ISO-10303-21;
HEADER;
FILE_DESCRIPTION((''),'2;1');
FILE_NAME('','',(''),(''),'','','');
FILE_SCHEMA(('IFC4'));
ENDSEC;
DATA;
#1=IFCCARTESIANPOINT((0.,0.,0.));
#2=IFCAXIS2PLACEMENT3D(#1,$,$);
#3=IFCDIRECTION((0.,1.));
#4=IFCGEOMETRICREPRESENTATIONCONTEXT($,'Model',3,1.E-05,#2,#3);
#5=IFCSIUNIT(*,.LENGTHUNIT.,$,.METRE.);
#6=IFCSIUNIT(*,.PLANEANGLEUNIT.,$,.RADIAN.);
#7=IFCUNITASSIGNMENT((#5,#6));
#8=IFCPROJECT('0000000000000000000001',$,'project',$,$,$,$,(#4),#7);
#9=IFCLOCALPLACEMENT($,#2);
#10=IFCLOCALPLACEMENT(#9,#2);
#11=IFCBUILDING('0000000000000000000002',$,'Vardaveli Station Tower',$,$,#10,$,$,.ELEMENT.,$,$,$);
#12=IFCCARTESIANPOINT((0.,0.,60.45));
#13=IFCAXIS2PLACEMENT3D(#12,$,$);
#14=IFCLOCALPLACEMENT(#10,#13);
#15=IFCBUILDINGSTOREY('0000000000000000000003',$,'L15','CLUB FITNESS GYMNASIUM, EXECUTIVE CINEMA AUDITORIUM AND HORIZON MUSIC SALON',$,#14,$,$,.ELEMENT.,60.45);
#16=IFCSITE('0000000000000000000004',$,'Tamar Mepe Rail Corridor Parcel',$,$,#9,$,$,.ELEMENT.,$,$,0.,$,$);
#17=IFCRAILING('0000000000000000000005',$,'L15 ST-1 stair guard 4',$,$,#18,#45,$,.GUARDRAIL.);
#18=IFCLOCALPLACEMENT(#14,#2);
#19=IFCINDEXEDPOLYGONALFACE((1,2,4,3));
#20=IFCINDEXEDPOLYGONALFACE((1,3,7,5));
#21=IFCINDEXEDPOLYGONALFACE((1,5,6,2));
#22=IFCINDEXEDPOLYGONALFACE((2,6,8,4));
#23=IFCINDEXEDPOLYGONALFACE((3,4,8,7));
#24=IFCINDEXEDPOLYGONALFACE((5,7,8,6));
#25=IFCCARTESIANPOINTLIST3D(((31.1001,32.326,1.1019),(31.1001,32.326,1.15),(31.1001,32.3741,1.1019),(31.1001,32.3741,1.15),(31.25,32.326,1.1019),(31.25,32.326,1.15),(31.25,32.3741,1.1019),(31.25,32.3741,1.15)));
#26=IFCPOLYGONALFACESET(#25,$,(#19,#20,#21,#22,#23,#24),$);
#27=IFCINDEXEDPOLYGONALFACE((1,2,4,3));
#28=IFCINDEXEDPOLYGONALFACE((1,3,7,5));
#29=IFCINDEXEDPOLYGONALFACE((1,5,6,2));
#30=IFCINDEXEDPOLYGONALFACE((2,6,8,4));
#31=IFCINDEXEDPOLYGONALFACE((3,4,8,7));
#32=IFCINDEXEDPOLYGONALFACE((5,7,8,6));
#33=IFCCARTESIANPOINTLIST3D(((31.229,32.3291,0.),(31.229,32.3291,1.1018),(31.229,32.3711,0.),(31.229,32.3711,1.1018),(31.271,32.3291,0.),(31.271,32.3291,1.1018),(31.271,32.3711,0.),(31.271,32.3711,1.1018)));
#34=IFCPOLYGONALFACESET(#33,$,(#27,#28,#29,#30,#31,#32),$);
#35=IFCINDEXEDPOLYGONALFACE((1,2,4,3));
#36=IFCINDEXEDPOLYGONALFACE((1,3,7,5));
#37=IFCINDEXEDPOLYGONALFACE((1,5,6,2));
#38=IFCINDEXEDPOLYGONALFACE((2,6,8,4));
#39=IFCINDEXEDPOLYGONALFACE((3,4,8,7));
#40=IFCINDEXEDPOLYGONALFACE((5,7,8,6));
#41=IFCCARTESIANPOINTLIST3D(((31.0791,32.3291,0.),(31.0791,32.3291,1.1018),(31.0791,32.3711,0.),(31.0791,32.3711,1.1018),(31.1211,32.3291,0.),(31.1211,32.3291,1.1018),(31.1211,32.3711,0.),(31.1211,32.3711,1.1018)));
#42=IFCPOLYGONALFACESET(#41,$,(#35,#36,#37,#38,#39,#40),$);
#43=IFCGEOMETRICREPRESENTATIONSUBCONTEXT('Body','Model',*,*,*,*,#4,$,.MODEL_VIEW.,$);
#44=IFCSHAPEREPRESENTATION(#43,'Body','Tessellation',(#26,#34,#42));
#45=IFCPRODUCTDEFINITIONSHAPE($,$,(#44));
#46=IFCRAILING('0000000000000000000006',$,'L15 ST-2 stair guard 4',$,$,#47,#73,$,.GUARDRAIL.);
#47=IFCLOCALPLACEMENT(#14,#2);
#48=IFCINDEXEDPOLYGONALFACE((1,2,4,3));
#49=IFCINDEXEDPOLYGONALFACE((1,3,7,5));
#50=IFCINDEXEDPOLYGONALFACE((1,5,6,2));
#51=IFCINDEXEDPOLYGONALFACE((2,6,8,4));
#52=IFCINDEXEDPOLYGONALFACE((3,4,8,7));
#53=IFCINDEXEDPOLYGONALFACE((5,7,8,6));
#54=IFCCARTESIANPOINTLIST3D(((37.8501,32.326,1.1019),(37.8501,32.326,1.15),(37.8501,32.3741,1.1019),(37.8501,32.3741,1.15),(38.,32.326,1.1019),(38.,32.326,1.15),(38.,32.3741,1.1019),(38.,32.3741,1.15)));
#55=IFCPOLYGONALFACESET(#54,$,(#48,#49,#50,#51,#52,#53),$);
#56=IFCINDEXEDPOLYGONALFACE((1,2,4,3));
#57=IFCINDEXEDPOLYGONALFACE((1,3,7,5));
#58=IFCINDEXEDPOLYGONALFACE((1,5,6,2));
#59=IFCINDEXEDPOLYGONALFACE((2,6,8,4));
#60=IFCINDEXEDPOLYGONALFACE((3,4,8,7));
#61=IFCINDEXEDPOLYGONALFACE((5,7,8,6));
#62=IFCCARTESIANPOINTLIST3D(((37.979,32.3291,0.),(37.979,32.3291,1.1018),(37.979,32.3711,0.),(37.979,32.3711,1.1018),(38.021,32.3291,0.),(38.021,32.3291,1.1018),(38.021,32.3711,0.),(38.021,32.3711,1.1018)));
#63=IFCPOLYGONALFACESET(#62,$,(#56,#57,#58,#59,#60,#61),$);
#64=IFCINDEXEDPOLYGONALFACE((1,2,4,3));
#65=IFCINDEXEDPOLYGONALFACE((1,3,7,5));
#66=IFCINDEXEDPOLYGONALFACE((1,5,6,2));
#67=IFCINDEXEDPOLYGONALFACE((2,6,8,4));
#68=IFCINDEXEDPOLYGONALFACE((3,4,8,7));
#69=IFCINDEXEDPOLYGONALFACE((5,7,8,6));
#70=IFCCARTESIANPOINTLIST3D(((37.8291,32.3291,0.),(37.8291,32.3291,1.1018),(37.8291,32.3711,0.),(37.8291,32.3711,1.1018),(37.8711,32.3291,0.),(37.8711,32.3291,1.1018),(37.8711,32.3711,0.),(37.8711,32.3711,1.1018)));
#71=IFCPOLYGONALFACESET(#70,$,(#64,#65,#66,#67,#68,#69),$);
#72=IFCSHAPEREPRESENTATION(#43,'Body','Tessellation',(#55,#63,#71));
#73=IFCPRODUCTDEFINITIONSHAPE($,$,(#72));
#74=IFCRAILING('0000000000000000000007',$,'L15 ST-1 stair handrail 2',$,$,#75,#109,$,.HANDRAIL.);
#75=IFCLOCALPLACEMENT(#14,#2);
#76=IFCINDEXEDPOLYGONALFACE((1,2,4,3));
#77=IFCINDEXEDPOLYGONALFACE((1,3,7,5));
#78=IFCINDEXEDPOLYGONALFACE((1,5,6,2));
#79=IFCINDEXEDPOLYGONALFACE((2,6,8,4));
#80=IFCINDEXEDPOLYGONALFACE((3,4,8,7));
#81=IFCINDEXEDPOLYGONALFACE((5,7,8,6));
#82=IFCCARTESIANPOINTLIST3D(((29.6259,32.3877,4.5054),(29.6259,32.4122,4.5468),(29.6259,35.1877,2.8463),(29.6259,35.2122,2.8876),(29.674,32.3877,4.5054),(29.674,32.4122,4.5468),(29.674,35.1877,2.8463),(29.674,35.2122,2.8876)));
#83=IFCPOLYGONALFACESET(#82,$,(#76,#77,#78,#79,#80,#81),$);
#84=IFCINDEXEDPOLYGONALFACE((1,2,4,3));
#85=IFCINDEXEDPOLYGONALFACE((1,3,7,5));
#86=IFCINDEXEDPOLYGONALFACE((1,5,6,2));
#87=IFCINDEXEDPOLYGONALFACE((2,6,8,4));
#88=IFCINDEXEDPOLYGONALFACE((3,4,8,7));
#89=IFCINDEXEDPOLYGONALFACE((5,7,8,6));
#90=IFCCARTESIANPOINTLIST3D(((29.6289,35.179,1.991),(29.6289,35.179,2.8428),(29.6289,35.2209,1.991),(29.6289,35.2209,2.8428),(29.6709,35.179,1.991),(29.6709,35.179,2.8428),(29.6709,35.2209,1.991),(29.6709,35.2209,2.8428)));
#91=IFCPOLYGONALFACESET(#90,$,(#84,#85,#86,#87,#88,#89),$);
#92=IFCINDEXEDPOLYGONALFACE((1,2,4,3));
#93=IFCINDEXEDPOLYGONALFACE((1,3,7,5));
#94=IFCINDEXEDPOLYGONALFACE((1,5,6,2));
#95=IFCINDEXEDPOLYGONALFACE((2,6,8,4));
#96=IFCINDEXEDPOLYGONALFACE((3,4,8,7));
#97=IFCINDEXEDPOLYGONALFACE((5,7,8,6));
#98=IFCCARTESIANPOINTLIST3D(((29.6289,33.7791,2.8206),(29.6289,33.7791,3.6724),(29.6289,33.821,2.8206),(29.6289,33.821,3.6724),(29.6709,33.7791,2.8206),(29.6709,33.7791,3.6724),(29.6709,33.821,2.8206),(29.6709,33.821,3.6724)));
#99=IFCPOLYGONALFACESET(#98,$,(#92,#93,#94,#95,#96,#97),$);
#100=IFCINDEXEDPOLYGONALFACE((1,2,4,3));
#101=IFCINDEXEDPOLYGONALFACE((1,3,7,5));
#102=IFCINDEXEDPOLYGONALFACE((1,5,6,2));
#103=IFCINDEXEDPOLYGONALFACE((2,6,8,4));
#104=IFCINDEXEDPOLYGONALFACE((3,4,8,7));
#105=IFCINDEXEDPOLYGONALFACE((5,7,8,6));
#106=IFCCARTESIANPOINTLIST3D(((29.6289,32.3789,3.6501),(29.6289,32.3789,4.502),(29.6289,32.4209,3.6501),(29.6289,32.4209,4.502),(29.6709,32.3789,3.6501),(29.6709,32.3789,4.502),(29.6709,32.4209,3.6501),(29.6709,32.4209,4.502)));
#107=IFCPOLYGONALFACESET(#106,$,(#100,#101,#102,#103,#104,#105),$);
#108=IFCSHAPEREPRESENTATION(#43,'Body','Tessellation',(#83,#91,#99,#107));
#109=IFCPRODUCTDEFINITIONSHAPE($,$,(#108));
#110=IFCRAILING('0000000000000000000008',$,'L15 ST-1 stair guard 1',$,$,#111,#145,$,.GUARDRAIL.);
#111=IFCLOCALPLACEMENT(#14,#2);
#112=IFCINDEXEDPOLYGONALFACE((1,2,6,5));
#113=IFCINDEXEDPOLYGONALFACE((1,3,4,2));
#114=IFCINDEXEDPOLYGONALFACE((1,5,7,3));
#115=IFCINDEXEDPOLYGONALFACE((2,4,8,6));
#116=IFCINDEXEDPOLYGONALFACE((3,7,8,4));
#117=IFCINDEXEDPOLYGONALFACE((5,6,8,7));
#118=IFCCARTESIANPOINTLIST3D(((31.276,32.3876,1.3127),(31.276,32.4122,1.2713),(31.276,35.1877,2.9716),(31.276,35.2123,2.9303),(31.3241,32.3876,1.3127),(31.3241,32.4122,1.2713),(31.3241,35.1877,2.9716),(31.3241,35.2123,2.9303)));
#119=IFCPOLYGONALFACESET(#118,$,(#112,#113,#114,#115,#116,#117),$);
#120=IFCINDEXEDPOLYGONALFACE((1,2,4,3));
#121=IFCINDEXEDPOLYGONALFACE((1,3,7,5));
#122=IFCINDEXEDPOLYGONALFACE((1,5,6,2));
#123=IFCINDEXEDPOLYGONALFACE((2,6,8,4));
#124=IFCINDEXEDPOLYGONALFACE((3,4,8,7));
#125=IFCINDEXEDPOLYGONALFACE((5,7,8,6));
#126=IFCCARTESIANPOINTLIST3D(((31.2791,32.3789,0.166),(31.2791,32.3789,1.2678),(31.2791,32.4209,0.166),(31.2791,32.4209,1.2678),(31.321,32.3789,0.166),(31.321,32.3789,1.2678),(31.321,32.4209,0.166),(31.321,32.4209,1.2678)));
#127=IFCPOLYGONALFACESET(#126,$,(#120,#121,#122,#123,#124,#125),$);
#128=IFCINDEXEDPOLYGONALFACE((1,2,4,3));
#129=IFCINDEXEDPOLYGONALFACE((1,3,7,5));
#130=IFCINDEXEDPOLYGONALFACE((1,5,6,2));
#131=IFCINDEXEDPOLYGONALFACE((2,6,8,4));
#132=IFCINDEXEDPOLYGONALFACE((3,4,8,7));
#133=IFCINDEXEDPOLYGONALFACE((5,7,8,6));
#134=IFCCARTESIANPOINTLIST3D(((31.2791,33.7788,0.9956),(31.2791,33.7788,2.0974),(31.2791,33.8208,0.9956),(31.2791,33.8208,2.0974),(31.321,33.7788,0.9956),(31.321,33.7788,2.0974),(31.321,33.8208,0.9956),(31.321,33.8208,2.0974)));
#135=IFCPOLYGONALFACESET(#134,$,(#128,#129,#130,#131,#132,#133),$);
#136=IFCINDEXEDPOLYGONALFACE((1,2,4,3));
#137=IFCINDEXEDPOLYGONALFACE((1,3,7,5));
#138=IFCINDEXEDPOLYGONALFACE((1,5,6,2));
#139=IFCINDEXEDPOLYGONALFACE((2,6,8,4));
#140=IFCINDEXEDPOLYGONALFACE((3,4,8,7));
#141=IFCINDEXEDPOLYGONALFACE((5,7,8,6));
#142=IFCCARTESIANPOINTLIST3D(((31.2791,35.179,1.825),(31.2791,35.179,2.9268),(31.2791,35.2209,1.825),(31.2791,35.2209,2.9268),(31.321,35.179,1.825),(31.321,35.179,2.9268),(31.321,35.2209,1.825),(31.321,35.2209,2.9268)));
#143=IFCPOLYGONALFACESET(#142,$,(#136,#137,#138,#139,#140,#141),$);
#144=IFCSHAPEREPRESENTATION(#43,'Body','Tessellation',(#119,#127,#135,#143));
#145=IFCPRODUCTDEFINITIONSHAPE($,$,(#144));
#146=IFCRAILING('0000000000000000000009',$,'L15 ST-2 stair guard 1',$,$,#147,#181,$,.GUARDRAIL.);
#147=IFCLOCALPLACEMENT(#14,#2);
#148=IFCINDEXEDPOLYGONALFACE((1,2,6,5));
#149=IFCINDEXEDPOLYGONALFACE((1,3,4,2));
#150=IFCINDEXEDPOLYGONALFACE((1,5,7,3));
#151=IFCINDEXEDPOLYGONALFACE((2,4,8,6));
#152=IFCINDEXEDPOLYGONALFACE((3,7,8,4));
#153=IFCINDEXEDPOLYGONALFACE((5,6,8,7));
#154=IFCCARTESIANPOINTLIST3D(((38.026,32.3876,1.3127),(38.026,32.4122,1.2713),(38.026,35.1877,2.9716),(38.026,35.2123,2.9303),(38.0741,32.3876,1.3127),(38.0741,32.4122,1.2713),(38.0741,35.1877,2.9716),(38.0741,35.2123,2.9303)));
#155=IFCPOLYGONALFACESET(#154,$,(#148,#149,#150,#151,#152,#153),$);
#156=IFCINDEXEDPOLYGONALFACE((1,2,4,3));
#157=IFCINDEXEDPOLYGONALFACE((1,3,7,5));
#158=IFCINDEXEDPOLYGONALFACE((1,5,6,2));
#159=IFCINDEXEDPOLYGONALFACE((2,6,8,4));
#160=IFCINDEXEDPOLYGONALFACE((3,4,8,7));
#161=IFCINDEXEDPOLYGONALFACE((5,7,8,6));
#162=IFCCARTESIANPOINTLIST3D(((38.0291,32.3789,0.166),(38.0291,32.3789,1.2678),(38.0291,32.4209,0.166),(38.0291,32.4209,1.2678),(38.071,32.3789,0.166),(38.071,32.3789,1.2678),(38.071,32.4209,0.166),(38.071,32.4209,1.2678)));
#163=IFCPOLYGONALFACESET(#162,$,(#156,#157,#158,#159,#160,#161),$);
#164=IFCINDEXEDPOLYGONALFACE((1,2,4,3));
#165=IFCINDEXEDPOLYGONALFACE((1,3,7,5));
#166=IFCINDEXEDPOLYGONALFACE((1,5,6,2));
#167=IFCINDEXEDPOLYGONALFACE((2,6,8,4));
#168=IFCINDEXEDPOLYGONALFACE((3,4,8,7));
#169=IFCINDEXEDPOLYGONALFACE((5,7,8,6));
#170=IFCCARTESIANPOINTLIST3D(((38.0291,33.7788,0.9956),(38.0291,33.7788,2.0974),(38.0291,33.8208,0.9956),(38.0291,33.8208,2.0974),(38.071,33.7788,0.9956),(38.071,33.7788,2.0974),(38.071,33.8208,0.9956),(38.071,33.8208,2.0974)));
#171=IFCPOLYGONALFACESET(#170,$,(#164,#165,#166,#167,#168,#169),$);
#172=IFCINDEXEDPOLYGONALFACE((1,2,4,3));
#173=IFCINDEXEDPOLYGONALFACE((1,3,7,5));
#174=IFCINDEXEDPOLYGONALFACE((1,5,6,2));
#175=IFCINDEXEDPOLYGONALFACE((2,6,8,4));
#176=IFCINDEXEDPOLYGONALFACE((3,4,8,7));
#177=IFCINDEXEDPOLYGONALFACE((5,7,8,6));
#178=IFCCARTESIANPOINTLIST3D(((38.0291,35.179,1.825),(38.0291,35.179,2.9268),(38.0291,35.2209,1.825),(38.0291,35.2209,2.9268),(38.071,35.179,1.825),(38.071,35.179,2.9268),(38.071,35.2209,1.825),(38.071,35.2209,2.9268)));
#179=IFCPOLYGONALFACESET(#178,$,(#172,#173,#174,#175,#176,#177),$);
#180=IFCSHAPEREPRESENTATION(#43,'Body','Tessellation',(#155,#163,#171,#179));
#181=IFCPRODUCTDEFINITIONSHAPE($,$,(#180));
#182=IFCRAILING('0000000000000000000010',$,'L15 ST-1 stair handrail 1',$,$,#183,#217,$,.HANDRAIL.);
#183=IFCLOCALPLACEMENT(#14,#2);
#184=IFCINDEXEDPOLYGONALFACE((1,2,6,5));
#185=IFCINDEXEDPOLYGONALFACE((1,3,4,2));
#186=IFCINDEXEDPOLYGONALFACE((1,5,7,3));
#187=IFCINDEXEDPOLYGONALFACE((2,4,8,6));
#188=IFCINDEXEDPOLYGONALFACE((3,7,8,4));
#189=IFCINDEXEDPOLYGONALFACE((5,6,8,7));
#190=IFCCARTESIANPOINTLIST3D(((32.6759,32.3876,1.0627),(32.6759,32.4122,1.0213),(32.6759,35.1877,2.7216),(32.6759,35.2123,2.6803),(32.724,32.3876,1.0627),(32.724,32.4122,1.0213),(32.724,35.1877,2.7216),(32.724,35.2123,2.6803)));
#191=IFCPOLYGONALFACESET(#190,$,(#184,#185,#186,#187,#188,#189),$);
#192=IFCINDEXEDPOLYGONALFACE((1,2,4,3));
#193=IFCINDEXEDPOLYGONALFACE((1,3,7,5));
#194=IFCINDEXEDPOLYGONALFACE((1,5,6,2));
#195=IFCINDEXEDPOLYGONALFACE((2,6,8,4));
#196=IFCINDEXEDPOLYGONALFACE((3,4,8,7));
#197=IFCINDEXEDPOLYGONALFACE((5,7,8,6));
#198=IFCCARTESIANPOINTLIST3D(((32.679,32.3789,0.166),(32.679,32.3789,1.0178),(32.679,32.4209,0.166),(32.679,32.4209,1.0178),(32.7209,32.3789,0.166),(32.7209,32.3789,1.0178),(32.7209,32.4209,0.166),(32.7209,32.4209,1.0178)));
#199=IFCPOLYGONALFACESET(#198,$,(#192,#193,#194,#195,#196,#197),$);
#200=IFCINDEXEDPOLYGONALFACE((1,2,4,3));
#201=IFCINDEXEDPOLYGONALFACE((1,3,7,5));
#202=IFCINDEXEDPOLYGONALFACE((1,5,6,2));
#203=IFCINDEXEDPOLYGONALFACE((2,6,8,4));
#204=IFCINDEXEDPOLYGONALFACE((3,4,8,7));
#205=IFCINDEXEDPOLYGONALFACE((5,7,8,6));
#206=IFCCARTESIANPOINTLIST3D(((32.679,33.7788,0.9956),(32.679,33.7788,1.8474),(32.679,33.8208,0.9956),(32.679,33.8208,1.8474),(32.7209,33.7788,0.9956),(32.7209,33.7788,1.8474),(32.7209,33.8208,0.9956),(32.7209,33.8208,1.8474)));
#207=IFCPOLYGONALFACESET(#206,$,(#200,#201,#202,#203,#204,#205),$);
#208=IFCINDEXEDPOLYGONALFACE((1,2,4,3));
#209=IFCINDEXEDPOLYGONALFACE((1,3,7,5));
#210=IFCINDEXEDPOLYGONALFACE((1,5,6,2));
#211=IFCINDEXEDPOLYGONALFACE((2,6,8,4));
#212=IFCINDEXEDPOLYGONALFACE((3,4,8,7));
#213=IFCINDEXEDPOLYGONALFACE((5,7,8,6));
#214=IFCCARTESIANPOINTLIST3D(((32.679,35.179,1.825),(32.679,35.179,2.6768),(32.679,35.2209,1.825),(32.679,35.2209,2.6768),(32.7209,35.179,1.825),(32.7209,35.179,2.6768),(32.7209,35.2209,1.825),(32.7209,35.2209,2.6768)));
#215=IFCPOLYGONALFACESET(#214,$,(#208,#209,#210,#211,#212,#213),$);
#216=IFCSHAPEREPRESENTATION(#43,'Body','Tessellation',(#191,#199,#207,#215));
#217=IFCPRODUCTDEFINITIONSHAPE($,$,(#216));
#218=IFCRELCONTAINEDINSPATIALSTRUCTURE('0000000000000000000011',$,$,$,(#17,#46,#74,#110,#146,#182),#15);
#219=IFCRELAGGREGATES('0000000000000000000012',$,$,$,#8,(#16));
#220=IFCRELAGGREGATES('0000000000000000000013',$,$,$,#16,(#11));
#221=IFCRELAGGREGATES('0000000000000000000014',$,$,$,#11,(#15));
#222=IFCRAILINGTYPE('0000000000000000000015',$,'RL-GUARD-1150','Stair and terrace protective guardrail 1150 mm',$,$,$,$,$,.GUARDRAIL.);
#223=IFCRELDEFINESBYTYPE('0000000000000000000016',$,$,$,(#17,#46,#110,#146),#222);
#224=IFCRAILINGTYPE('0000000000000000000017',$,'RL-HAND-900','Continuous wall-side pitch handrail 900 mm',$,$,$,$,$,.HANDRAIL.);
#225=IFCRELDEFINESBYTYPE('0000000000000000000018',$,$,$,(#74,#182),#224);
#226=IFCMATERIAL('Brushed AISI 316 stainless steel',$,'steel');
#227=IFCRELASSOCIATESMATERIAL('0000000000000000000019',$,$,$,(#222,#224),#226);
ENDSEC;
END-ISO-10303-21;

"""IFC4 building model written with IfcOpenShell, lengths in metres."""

from ifc_helpers import new_model, si_unit, direction, frame, origin, origin_2d, place, context, subcontext, project, spatial, rectangle, extrude, source, transform, mapped, material, type_object, element, save


model = new_model("IFC4")

# Units and contexts
model_context = context("Model", 3, precision=1e-05, world=origin(), true_north=direction((0.0, 1.0)))
body_context = subcontext(model_context, "Body", "Model", "MODEL_VIEW")
ifc_project = project(units=[si_unit("LENGTHUNIT", "METRE"), si_unit("PLANEANGLEUNIT", "RADIAN")], contexts=[model_context])

# Site, building, storey
site_placement = place(None, origin())
site = spatial("IfcSite", under=ifc_project, at=site_placement, Name="Tamar Mepe Rail Corridor Parcel", CompositionType="ELEMENT", RefElevation=0.0)
building_placement = place(site_placement, origin())
building = spatial("IfcBuilding", under=site, at=building_placement, Name="Vardaveli Station Tower", CompositionType="ELEMENT")
storey_placement = place(building_placement, frame((0.0, 0.0, 60.45)))
storey = spatial("IfcBuildingStorey", under=building, at=storey_placement, Name="L15", Description="CLUB FITNESS GYMNASIUM, EXECUTIVE CINEMA AUDITORIUM AND HORIZON MUSIC SALON", CompositionType="ELEMENT", Elevation=60.45)

# Railings
ifc_material_1 = material(Name="Brushed AISI 316 stainless steel", Category="steel")
railing_type_1 = type_object("IfcRailingType", Name="RL-GUARD-1150", Description="Stair and terrace protective guardrail 1150 mm", PredefinedType="GUARDRAIL", material=ifc_material_1)
shared_shape_1 = source(origin(), body_context, "Body", "SweptSolid", [
    extrude(rectangle(XDim=0.0481, YDim=0.0481, at=origin_2d()), frame((0.0, 0.0, 1.126), z_axis=(-1.0, 0.0, 0.0), x_axis=(0.0, -1.0, 0.0)), (0.0, 0.0, 1.0), 0.1499),
    extrude(rectangle(XDim=0.042, YDim=0.042, at=origin_2d()), origin(), (0.0, 0.0, 1.0), 1.1018),
    extrude(rectangle(XDim=0.042, YDim=0.042, at=origin_2d()), frame((-0.1499, 0.0, 0.0)), (0.0, 0.0, 1.0), 1.1018),
])
for number, where, name in (
    (1, (31.25, 32.3501, 0.0), "L15 ST-1 stair guard 4"),
    (2, (38.0, 32.3501, 0.0), "L15 ST-2 stair guard 4"),
):
    element("IfcRailing", number, at=place(storey_placement, frame(where)), inside=storey, type_object=railing_type_1, Name=name, PredefinedType="GUARDRAIL", context=body_context, shape_type="MappedRepresentation", body=[
        mapped(shared_shape_1, transform((0.0, 0.0, 0.0), scale=1.0)),
    ])
railing_type_2 = type_object("IfcRailingType", Name="RL-HAND-900", Description="Continuous wall-side pitch handrail 900 mm", PredefinedType="HANDRAIL", material=ifc_material_1)
shared_shape_2 = source(origin(), body_context, "Body", "SweptSolid", [
    extrude(rectangle(XDim=0.0481, YDim=0.0481, at=origin_2d()), frame((0.0, 0.0, 0.876), z_axis=(0.0, -0.860306, 0.509778), x_axis=(1.0, 0.0, 0.0)), (0.0, 0.0, 1.0), 3.2546),
    extrude(rectangle(XDim=0.042, YDim=0.042, at=origin_2d()), origin(), (0.0, 0.0, 1.0), 0.8518),
    extrude(rectangle(XDim=0.042, YDim=0.042, at=origin_2d()), frame((0.0, -1.3999, 0.8296)), (0.0, 0.0, 1.0), 0.8518),
    extrude(rectangle(XDim=0.042, YDim=0.042, at=origin_2d()), frame((0.0, -2.8, 1.6592)), (0.0, 0.0, 1.0), 0.8518),
])
railing_placement = place(storey_placement, frame((29.6499, 35.2, 1.991)))
element("IfcRailing", 3, at=railing_placement, inside=storey, type_object=railing_type_2, Name="L15 ST-1 stair handrail 2", PredefinedType="HANDRAIL", context=body_context, shape_type="MappedRepresentation", body=[
    mapped(shared_shape_2, transform((0.0, 0.0, 0.0), scale=1.0)),
])
shared_shape_3 = source(origin(), body_context, "Body", "SweptSolid", [
    extrude(rectangle(XDim=0.0481, YDim=0.0481, at=origin_2d()), frame((0.0, 0.0, 1.126), z_axis=(0.0, 0.860339, 0.509722), x_axis=(-1.0, 0.0, 0.0)), (0.0, 0.0, 1.0), 3.2546),
    extrude(rectangle(XDim=0.042, YDim=0.042, at=origin_2d()), origin(), (0.0, 0.0, 1.0), 1.1018),
    extrude(rectangle(XDim=0.042, YDim=0.042, at=origin_2d()), frame((0.0, 1.3999, 0.8296)), (0.0, 0.0, 1.0), 1.1018),
    extrude(rectangle(XDim=0.042, YDim=0.042, at=origin_2d()), frame((0.0, 2.8, 1.6589)), (0.0, 0.0, 1.0), 1.1018),
])
for number, where, name in (
    (4, (31.3, 32.3999, 0.166), "L15 ST-1 stair guard 1"),
    (5, (38.05, 32.3999, 0.166), "L15 ST-2 stair guard 1"),
):
    element("IfcRailing", number, at=place(storey_placement, frame(where)), inside=storey, type_object=railing_type_1, Name=name, PredefinedType="GUARDRAIL", context=body_context, shape_type="MappedRepresentation", body=[
        mapped(shared_shape_3, transform((0.0, 0.0, 0.0), scale=1.0)),
    ])
shared_shape_4 = source(origin(), body_context, "Body", "SweptSolid", [
    extrude(rectangle(XDim=0.0481, YDim=0.0481, at=origin_2d()), frame((0.0, 0.0, 0.876), z_axis=(0.0, 0.860339, 0.509722), x_axis=(-1.0, 0.0, 0.0)), (0.0, 0.0, 1.0), 3.2546),
    extrude(rectangle(XDim=0.042, YDim=0.042, at=origin_2d()), origin(), (0.0, 0.0, 1.0), 0.8518),
    extrude(rectangle(XDim=0.042, YDim=0.042, at=origin_2d()), frame((0.0, 1.3999, 0.8296)), (0.0, 0.0, 1.0), 0.8518),
    extrude(rectangle(XDim=0.042, YDim=0.042, at=origin_2d()), frame((0.0, 2.8, 1.6589)), (0.0, 0.0, 1.0), 0.8518),
])
for number, where, name in (
    (6, (32.7, 32.3999, 0.166), "L15 ST-1 stair handrail 1"),
):
    element("IfcRailing", number, at=place(storey_placement, frame(where)), inside=storey, type_object=railing_type_2, Name=name, PredefinedType="HANDRAIL", context=body_context, shape_type="MappedRepresentation", body=[
        mapped(shared_shape_4, transform((0.0, 0.0, 0.0), scale=1.0)),
    ])

save(model, "model.ifc")
